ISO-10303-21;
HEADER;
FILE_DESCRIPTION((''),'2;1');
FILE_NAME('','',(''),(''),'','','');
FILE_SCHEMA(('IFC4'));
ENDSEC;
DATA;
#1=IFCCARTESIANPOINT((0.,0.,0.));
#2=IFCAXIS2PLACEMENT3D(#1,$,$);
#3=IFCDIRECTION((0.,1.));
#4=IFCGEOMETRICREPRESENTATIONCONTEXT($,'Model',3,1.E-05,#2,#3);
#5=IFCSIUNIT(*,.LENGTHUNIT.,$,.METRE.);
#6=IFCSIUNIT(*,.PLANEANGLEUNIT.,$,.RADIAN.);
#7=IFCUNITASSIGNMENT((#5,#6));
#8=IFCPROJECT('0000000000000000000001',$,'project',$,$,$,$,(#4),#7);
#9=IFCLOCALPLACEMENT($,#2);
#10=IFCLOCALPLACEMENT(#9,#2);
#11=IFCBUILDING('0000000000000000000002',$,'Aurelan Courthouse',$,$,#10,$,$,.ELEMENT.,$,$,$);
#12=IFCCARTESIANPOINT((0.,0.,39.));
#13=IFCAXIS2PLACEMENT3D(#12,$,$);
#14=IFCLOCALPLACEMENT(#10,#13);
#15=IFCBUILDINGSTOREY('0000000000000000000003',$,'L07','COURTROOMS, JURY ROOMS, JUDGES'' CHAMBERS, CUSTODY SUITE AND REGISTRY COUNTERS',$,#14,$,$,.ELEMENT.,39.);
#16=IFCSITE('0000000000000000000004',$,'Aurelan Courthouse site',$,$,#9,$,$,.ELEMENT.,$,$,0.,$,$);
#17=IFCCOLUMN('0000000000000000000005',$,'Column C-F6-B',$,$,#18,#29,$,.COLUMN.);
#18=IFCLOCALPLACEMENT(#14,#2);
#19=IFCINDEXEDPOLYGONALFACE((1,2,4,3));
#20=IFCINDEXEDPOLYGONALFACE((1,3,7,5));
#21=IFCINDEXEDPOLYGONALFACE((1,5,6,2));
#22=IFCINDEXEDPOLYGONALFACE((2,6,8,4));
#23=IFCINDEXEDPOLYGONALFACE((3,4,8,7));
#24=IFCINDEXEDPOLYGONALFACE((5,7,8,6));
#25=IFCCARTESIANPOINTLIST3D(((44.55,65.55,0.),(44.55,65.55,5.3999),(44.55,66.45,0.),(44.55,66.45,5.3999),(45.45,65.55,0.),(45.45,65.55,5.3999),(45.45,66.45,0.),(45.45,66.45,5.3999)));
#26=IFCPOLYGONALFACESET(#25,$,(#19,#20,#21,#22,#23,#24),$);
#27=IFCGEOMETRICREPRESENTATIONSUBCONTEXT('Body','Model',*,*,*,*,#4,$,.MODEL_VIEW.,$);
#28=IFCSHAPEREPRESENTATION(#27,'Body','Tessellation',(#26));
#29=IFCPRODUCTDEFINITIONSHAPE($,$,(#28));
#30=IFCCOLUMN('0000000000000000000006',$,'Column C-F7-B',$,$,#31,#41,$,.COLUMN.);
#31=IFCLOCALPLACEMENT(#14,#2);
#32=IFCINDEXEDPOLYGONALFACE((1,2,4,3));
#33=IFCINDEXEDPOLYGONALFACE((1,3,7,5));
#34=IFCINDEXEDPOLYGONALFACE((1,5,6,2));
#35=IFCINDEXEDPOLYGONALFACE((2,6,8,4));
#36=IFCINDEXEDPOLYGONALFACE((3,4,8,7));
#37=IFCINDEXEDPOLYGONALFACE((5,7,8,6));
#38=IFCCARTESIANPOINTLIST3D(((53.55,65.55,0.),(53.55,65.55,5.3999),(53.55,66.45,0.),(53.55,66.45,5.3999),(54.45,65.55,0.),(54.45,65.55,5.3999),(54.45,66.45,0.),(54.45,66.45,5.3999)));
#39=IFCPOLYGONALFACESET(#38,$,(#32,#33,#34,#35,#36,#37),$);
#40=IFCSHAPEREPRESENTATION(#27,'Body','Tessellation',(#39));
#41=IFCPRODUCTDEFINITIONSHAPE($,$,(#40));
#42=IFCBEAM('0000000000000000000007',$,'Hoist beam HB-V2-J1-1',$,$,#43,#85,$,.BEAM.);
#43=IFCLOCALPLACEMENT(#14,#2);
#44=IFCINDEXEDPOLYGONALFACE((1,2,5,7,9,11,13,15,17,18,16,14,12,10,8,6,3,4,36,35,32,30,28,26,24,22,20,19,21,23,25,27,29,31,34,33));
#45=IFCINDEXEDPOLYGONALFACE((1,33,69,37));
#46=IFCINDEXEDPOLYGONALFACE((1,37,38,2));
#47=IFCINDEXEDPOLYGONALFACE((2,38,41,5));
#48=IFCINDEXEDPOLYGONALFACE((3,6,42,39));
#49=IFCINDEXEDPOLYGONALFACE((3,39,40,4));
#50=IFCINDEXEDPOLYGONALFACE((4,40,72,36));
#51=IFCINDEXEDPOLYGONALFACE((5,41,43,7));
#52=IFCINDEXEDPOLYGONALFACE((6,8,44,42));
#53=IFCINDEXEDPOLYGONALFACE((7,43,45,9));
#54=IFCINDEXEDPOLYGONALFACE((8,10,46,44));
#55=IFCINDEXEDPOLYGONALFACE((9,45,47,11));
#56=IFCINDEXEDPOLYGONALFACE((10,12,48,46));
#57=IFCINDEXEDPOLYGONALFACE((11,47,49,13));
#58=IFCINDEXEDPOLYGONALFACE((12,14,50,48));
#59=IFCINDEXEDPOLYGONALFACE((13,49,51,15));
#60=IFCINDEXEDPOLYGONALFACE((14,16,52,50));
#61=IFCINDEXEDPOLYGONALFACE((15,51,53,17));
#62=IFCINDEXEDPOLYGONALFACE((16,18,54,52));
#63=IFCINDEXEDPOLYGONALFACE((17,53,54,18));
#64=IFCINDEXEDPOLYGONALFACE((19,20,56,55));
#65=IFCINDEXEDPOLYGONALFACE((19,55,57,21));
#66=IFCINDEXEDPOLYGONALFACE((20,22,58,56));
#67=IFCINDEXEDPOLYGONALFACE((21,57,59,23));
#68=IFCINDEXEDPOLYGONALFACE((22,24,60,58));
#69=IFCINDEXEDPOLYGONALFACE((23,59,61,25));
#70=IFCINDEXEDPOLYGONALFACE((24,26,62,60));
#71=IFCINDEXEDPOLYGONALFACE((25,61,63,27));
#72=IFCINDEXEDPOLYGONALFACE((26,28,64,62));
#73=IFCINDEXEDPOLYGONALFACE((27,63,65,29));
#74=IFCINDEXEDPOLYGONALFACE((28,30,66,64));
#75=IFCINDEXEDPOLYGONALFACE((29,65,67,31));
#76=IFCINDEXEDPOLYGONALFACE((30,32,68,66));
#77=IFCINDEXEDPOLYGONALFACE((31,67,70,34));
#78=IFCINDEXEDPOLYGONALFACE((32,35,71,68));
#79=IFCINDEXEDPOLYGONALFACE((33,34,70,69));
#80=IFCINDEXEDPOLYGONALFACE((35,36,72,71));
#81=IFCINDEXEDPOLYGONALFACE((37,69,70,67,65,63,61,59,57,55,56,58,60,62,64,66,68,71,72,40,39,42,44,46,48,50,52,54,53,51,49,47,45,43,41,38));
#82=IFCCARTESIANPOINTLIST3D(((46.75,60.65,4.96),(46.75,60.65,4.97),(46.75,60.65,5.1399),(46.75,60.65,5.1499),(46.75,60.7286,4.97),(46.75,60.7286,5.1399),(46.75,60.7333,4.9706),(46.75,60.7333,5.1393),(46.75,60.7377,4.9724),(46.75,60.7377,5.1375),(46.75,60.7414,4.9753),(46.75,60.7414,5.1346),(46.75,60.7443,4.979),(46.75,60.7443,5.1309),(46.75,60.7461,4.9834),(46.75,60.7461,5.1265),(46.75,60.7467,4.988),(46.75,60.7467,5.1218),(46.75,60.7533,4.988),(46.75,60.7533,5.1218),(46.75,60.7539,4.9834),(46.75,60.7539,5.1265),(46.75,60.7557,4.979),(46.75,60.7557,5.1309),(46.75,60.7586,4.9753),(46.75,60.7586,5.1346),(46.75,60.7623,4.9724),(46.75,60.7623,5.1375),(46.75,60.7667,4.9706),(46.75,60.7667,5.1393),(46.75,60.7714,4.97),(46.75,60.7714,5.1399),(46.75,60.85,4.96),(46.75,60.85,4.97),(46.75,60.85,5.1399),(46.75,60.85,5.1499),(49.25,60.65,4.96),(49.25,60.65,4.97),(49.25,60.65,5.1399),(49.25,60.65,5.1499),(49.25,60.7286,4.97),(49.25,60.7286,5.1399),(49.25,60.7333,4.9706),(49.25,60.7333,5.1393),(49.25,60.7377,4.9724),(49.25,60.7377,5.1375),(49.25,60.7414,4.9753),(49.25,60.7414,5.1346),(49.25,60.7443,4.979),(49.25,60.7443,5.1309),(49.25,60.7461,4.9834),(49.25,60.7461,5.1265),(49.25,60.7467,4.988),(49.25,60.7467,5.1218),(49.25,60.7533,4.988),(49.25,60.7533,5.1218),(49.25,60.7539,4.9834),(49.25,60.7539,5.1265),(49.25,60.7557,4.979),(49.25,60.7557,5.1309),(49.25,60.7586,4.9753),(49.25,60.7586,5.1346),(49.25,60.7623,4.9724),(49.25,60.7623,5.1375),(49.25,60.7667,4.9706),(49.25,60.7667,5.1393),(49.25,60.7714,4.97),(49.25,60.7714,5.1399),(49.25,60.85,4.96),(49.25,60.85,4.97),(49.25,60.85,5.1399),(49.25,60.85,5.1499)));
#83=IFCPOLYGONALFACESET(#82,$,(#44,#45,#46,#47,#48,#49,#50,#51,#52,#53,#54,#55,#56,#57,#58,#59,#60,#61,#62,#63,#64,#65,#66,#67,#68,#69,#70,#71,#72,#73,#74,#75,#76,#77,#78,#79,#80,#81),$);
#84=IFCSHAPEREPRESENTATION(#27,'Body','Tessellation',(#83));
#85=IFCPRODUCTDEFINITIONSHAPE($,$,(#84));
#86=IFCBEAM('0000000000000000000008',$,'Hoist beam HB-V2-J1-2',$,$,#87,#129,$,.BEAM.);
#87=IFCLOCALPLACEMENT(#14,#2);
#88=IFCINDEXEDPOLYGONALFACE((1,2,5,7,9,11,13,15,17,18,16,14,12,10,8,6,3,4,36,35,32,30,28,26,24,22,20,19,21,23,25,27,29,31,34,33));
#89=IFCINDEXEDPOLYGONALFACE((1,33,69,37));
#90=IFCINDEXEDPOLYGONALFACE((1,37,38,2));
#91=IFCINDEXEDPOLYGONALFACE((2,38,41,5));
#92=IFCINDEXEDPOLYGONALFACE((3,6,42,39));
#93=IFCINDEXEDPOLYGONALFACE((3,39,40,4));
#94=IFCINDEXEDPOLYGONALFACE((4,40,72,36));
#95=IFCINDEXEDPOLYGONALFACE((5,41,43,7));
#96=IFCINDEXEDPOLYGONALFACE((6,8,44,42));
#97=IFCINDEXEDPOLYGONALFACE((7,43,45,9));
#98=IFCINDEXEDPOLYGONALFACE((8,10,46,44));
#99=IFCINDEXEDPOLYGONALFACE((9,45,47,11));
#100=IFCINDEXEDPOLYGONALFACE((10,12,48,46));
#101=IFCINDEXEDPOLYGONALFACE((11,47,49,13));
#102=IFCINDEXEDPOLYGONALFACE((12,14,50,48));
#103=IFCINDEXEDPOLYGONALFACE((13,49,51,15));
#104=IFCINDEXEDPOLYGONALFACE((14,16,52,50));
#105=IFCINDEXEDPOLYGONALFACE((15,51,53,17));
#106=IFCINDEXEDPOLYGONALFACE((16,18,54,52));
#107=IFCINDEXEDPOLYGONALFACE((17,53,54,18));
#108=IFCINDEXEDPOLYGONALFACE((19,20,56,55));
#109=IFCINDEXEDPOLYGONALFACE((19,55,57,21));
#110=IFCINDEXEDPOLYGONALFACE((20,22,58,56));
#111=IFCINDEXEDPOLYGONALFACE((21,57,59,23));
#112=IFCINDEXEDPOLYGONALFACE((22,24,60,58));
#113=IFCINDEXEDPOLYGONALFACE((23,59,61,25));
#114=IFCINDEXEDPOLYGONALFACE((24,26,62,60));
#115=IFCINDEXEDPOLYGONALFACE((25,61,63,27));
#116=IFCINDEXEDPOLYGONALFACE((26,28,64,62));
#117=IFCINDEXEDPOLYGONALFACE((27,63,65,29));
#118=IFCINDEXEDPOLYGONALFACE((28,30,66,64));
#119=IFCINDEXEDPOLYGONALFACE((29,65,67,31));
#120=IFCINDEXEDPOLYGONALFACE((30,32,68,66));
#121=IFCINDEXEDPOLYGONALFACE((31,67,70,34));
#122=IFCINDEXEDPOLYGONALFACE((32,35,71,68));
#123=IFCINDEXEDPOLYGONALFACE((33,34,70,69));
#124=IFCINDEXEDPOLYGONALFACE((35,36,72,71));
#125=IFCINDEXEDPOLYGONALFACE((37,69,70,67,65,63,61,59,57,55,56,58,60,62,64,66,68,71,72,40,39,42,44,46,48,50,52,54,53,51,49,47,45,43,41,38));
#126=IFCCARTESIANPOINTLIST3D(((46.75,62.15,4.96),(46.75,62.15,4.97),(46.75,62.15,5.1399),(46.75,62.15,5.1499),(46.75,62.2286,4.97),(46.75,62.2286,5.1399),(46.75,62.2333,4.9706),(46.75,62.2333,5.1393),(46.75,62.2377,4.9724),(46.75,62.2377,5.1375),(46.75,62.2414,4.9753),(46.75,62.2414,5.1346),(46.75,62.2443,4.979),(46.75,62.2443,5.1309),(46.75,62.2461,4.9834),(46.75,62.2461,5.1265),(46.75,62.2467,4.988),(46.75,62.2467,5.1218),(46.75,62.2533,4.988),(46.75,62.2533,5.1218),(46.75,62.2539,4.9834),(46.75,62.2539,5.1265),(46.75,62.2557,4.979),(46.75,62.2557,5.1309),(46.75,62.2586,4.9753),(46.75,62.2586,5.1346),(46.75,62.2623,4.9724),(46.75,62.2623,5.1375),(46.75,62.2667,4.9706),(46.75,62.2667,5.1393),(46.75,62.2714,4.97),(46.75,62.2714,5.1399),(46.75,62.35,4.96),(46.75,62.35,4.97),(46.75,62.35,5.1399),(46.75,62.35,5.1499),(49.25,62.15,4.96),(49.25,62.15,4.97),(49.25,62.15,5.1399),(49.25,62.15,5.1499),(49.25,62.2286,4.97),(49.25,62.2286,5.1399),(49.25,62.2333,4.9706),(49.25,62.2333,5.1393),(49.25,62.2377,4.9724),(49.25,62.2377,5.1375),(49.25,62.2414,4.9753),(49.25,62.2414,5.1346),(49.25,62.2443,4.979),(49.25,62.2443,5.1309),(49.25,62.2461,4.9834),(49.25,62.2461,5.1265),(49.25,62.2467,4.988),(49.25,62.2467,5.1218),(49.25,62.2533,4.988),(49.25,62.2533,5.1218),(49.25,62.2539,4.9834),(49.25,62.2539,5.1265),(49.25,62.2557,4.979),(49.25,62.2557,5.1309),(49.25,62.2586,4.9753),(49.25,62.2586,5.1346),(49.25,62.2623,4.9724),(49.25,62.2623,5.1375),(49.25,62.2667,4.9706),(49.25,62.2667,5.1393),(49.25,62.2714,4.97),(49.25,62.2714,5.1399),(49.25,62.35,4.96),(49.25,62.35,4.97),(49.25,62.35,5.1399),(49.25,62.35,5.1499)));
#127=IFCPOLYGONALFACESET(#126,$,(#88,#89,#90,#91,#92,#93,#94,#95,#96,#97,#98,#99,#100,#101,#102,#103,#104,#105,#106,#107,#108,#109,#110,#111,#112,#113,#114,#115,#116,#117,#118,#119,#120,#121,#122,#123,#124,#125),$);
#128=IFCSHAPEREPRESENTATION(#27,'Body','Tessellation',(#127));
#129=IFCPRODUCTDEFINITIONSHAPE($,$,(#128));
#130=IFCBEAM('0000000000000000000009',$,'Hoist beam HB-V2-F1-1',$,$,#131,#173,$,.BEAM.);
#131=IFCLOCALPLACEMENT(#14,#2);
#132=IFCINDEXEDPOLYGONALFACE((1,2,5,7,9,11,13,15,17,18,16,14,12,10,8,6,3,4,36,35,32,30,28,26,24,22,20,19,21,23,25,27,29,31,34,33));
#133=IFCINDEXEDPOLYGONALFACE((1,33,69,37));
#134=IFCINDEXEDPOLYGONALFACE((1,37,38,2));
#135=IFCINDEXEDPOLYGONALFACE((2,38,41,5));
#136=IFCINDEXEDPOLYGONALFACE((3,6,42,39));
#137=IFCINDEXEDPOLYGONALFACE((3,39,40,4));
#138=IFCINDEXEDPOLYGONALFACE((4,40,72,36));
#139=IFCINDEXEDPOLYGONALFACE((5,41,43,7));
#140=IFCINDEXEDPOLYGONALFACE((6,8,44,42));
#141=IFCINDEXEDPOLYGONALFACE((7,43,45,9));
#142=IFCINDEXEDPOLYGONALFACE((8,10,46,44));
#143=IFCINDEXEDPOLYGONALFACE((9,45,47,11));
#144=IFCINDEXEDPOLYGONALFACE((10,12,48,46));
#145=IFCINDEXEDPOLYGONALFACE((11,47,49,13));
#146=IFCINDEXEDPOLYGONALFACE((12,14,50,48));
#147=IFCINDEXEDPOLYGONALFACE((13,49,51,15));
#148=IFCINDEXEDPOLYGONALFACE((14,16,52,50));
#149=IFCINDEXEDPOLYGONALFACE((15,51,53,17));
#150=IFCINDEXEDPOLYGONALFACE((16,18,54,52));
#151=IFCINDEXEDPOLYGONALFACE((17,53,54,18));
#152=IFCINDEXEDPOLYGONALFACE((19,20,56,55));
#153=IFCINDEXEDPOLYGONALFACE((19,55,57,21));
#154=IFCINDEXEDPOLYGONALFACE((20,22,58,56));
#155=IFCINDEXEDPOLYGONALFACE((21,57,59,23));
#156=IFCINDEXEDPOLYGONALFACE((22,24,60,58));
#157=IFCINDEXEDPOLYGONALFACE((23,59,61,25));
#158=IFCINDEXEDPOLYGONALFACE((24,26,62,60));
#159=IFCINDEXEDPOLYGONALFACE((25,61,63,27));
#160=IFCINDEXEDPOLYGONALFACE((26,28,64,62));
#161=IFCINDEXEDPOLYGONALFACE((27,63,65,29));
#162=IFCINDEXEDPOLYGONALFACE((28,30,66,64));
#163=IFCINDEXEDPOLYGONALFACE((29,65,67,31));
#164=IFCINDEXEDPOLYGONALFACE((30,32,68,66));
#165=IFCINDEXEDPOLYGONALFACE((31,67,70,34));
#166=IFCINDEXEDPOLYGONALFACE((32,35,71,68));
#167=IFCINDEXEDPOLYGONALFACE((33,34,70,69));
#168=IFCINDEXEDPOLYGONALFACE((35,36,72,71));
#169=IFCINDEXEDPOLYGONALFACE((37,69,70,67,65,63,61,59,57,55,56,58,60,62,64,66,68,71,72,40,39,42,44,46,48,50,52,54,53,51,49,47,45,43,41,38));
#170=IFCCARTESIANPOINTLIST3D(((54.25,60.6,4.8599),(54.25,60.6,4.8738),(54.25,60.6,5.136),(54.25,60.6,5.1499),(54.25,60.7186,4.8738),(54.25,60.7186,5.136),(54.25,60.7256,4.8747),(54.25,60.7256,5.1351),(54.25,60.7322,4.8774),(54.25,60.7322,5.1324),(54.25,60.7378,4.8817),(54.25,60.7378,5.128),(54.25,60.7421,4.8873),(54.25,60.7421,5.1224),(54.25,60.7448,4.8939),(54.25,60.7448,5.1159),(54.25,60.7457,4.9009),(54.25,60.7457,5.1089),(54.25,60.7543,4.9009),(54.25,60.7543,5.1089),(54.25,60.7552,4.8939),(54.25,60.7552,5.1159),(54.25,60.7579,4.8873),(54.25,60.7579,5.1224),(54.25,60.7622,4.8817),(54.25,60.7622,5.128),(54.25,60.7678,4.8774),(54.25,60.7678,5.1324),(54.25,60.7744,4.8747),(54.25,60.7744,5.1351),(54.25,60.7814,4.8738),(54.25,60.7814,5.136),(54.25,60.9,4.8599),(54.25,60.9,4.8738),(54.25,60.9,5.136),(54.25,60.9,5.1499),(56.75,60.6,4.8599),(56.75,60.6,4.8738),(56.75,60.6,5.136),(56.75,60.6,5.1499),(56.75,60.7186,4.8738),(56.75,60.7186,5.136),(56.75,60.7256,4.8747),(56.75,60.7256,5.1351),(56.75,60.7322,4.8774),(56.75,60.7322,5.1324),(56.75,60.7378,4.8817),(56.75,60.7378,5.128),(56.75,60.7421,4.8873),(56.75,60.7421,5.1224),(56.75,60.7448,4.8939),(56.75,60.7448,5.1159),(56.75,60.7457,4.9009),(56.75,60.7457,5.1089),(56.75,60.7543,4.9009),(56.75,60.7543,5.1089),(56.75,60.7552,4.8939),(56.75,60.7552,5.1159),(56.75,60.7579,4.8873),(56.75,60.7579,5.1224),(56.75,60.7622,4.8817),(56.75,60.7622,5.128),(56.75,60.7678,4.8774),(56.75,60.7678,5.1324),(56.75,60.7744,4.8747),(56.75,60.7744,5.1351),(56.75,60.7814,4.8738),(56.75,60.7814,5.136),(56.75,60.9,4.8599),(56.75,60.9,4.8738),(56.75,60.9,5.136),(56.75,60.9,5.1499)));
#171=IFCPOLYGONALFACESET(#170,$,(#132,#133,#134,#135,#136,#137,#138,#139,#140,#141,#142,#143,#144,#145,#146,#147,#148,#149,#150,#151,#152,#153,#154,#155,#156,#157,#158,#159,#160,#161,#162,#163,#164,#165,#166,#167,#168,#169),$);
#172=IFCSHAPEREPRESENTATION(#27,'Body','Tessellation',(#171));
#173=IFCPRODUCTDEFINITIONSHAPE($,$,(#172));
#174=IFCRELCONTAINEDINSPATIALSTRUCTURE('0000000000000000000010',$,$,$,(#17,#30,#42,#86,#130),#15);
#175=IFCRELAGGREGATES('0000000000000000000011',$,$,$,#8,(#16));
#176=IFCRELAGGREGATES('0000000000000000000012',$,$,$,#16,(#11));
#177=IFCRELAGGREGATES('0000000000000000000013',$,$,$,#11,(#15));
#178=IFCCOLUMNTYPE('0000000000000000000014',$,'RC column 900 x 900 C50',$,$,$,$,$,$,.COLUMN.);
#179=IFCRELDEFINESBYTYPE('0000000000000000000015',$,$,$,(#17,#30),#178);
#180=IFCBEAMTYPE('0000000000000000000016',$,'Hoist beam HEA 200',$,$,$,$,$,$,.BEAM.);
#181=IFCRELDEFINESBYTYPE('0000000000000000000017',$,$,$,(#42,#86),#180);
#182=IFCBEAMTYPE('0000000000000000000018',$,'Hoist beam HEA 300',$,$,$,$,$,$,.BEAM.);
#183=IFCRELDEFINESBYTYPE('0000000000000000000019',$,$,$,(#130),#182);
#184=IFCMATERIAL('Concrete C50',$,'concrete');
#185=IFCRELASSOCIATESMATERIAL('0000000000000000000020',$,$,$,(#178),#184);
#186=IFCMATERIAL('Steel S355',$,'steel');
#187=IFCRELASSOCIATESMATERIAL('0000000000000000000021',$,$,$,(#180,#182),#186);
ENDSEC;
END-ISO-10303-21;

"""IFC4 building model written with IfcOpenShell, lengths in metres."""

from ifc_helpers import new_model, si_unit, direction, frame, origin, origin_2d, place, context, subcontext, project, spatial, rectangle, i_section, extrude, material, material_profile, profile_set, type_object, element, save


model = new_model("IFC4")

# Units and contexts
model_context = context("Model", 3, precision=1e-05, world=origin(), true_north=direction((0.0, 1.0)))
body_context = subcontext(model_context, "Body", "Model", "MODEL_VIEW")
ifc_project = project(units=[si_unit("LENGTHUNIT", "METRE"), si_unit("PLANEANGLEUNIT", "RADIAN")], contexts=[model_context])

# Site, building, storey
site_placement = place(None, origin())
site = spatial("IfcSite", under=ifc_project, at=site_placement, Name="Aurelan Courthouse site", CompositionType="ELEMENT", RefElevation=0.0)
building_placement = place(site_placement, origin())
building = spatial("IfcBuilding", under=site, at=building_placement, Name="Aurelan Courthouse", CompositionType="ELEMENT")
storey_placement = place(building_placement, frame((0.0, 0.0, 39.0)))
storey = spatial("IfcBuildingStorey", under=building, at=storey_placement, Name="L07", Description="COURTROOMS, JURY ROOMS, JUDGES' CHAMBERS, CUSTODY SUITE AND REGISTRY COUNTERS", CompositionType="ELEMENT", Elevation=39.0)

# Columns
ifc_material_1 = material(Name="Concrete C50", Category="concrete")
ifc_material_profile_1 = material_profile(ifc_material_1, rectangle(XDim=0.8999, YDim=0.8999, at=origin_2d()), Name="RC 900 x 900")
ifc_profile_set_1 = profile_set([ifc_material_profile_1], Name="Concrete C50")
column_type = type_object("IfcColumnType", Name="RC column 900 x 900 C50", PredefinedType="COLUMN", material=ifc_profile_set_1)
for number, where, z_axis, x_axis, name in (
    (1, (45.0, 66.0, 0.0), (0.0, 0.0, 1.0), (1.0, 0.0, 0.0), "Column C-F6-B"),
    (2, (54.0, 66.0, 0.0), (0.0, 0.0, 1.0), (1.0, 0.0, 0.0), "Column C-F7-B"),
):
    element("IfcColumn", number, at=place(storey_placement, frame(where, z_axis=z_axis, x_axis=x_axis)), inside=storey, type_object=column_type, Name=name, PredefinedType="COLUMN", context=body_context, shape_type="SweptSolid", body=[
        extrude(rectangle(XDim=0.8999, YDim=0.8999, at=origin_2d()), origin(), (0.0, 0.0, 1.0), 5.3999),
    ])

# Beams
ifc_material_2 = material(Name="Steel S355", Category="steel")
ifc_material_profile_2 = material_profile(ifc_material_2, i_section(OverallWidth=0.2, OverallDepth=0.1899, WebThickness=0.0066, FlangeThickness=0.01, FilletRadius=0.0181, at=origin_2d()), Name="HEA 200")
ifc_profile_set_2 = profile_set([ifc_material_profile_2], Name="Steel S355")
beam_type_1 = type_object("IfcBeamType", Name="Hoist beam HEA 200", PredefinedType="BEAM", material=ifc_profile_set_2)
for number, where, z_axis, x_axis, name in (
    (3, (46.75, 60.75, 5.0549), (1.0, 0.0, 0.0), (0.0, 1.0, 0.0), "Hoist beam HB-V2-J1-1"),
    (4, (46.75, 62.25, 5.0549), (1.0, 0.0, 0.0), (0.0, 1.0, 0.0), "Hoist beam HB-V2-J1-2"),
):
    element("IfcBeam", number, at=place(storey_placement, frame(where, z_axis=z_axis, x_axis=x_axis)), inside=storey, type_object=beam_type_1, Name=name, PredefinedType="BEAM", context=body_context, shape_type="SweptSolid", body=[
        extrude(i_section(OverallWidth=0.2, OverallDepth=0.1899, WebThickness=0.0066, FlangeThickness=0.01, FilletRadius=0.0181, at=origin_2d()), origin(), (0.0, 0.0, 1.0), 2.5),
    ])
ifc_material_profile_3 = material_profile(ifc_material_2, i_section(OverallWidth=0.3, OverallDepth=0.29, WebThickness=0.0085, FlangeThickness=0.0139, FilletRadius=0.0271, at=origin_2d()), Name="HEA 300")
ifc_profile_set_3 = profile_set([ifc_material_profile_3], Name="Steel S355")
beam_type_2 = type_object("IfcBeamType", Name="Hoist beam HEA 300", PredefinedType="BEAM", material=ifc_profile_set_3)
for number, where, z_axis, x_axis, name in (
    (5, (54.25, 60.75, 5.0049), (1.0, 0.0, 0.0), (0.0, 1.0, 0.0), "Hoist beam HB-V2-F1-1"),
):
    element("IfcBeam", number, at=place(storey_placement, frame(where, z_axis=z_axis, x_axis=x_axis)), inside=storey, type_object=beam_type_2, Name=name, PredefinedType="BEAM", context=body_context, shape_type="SweptSolid", body=[
        extrude(i_section(OverallWidth=0.3, OverallDepth=0.29, WebThickness=0.0085, FlangeThickness=0.0139, FilletRadius=0.0271, at=origin_2d()), origin(), (0.0, 0.0, 1.0), 2.5),
    ])

save(model, "model.ifc")
